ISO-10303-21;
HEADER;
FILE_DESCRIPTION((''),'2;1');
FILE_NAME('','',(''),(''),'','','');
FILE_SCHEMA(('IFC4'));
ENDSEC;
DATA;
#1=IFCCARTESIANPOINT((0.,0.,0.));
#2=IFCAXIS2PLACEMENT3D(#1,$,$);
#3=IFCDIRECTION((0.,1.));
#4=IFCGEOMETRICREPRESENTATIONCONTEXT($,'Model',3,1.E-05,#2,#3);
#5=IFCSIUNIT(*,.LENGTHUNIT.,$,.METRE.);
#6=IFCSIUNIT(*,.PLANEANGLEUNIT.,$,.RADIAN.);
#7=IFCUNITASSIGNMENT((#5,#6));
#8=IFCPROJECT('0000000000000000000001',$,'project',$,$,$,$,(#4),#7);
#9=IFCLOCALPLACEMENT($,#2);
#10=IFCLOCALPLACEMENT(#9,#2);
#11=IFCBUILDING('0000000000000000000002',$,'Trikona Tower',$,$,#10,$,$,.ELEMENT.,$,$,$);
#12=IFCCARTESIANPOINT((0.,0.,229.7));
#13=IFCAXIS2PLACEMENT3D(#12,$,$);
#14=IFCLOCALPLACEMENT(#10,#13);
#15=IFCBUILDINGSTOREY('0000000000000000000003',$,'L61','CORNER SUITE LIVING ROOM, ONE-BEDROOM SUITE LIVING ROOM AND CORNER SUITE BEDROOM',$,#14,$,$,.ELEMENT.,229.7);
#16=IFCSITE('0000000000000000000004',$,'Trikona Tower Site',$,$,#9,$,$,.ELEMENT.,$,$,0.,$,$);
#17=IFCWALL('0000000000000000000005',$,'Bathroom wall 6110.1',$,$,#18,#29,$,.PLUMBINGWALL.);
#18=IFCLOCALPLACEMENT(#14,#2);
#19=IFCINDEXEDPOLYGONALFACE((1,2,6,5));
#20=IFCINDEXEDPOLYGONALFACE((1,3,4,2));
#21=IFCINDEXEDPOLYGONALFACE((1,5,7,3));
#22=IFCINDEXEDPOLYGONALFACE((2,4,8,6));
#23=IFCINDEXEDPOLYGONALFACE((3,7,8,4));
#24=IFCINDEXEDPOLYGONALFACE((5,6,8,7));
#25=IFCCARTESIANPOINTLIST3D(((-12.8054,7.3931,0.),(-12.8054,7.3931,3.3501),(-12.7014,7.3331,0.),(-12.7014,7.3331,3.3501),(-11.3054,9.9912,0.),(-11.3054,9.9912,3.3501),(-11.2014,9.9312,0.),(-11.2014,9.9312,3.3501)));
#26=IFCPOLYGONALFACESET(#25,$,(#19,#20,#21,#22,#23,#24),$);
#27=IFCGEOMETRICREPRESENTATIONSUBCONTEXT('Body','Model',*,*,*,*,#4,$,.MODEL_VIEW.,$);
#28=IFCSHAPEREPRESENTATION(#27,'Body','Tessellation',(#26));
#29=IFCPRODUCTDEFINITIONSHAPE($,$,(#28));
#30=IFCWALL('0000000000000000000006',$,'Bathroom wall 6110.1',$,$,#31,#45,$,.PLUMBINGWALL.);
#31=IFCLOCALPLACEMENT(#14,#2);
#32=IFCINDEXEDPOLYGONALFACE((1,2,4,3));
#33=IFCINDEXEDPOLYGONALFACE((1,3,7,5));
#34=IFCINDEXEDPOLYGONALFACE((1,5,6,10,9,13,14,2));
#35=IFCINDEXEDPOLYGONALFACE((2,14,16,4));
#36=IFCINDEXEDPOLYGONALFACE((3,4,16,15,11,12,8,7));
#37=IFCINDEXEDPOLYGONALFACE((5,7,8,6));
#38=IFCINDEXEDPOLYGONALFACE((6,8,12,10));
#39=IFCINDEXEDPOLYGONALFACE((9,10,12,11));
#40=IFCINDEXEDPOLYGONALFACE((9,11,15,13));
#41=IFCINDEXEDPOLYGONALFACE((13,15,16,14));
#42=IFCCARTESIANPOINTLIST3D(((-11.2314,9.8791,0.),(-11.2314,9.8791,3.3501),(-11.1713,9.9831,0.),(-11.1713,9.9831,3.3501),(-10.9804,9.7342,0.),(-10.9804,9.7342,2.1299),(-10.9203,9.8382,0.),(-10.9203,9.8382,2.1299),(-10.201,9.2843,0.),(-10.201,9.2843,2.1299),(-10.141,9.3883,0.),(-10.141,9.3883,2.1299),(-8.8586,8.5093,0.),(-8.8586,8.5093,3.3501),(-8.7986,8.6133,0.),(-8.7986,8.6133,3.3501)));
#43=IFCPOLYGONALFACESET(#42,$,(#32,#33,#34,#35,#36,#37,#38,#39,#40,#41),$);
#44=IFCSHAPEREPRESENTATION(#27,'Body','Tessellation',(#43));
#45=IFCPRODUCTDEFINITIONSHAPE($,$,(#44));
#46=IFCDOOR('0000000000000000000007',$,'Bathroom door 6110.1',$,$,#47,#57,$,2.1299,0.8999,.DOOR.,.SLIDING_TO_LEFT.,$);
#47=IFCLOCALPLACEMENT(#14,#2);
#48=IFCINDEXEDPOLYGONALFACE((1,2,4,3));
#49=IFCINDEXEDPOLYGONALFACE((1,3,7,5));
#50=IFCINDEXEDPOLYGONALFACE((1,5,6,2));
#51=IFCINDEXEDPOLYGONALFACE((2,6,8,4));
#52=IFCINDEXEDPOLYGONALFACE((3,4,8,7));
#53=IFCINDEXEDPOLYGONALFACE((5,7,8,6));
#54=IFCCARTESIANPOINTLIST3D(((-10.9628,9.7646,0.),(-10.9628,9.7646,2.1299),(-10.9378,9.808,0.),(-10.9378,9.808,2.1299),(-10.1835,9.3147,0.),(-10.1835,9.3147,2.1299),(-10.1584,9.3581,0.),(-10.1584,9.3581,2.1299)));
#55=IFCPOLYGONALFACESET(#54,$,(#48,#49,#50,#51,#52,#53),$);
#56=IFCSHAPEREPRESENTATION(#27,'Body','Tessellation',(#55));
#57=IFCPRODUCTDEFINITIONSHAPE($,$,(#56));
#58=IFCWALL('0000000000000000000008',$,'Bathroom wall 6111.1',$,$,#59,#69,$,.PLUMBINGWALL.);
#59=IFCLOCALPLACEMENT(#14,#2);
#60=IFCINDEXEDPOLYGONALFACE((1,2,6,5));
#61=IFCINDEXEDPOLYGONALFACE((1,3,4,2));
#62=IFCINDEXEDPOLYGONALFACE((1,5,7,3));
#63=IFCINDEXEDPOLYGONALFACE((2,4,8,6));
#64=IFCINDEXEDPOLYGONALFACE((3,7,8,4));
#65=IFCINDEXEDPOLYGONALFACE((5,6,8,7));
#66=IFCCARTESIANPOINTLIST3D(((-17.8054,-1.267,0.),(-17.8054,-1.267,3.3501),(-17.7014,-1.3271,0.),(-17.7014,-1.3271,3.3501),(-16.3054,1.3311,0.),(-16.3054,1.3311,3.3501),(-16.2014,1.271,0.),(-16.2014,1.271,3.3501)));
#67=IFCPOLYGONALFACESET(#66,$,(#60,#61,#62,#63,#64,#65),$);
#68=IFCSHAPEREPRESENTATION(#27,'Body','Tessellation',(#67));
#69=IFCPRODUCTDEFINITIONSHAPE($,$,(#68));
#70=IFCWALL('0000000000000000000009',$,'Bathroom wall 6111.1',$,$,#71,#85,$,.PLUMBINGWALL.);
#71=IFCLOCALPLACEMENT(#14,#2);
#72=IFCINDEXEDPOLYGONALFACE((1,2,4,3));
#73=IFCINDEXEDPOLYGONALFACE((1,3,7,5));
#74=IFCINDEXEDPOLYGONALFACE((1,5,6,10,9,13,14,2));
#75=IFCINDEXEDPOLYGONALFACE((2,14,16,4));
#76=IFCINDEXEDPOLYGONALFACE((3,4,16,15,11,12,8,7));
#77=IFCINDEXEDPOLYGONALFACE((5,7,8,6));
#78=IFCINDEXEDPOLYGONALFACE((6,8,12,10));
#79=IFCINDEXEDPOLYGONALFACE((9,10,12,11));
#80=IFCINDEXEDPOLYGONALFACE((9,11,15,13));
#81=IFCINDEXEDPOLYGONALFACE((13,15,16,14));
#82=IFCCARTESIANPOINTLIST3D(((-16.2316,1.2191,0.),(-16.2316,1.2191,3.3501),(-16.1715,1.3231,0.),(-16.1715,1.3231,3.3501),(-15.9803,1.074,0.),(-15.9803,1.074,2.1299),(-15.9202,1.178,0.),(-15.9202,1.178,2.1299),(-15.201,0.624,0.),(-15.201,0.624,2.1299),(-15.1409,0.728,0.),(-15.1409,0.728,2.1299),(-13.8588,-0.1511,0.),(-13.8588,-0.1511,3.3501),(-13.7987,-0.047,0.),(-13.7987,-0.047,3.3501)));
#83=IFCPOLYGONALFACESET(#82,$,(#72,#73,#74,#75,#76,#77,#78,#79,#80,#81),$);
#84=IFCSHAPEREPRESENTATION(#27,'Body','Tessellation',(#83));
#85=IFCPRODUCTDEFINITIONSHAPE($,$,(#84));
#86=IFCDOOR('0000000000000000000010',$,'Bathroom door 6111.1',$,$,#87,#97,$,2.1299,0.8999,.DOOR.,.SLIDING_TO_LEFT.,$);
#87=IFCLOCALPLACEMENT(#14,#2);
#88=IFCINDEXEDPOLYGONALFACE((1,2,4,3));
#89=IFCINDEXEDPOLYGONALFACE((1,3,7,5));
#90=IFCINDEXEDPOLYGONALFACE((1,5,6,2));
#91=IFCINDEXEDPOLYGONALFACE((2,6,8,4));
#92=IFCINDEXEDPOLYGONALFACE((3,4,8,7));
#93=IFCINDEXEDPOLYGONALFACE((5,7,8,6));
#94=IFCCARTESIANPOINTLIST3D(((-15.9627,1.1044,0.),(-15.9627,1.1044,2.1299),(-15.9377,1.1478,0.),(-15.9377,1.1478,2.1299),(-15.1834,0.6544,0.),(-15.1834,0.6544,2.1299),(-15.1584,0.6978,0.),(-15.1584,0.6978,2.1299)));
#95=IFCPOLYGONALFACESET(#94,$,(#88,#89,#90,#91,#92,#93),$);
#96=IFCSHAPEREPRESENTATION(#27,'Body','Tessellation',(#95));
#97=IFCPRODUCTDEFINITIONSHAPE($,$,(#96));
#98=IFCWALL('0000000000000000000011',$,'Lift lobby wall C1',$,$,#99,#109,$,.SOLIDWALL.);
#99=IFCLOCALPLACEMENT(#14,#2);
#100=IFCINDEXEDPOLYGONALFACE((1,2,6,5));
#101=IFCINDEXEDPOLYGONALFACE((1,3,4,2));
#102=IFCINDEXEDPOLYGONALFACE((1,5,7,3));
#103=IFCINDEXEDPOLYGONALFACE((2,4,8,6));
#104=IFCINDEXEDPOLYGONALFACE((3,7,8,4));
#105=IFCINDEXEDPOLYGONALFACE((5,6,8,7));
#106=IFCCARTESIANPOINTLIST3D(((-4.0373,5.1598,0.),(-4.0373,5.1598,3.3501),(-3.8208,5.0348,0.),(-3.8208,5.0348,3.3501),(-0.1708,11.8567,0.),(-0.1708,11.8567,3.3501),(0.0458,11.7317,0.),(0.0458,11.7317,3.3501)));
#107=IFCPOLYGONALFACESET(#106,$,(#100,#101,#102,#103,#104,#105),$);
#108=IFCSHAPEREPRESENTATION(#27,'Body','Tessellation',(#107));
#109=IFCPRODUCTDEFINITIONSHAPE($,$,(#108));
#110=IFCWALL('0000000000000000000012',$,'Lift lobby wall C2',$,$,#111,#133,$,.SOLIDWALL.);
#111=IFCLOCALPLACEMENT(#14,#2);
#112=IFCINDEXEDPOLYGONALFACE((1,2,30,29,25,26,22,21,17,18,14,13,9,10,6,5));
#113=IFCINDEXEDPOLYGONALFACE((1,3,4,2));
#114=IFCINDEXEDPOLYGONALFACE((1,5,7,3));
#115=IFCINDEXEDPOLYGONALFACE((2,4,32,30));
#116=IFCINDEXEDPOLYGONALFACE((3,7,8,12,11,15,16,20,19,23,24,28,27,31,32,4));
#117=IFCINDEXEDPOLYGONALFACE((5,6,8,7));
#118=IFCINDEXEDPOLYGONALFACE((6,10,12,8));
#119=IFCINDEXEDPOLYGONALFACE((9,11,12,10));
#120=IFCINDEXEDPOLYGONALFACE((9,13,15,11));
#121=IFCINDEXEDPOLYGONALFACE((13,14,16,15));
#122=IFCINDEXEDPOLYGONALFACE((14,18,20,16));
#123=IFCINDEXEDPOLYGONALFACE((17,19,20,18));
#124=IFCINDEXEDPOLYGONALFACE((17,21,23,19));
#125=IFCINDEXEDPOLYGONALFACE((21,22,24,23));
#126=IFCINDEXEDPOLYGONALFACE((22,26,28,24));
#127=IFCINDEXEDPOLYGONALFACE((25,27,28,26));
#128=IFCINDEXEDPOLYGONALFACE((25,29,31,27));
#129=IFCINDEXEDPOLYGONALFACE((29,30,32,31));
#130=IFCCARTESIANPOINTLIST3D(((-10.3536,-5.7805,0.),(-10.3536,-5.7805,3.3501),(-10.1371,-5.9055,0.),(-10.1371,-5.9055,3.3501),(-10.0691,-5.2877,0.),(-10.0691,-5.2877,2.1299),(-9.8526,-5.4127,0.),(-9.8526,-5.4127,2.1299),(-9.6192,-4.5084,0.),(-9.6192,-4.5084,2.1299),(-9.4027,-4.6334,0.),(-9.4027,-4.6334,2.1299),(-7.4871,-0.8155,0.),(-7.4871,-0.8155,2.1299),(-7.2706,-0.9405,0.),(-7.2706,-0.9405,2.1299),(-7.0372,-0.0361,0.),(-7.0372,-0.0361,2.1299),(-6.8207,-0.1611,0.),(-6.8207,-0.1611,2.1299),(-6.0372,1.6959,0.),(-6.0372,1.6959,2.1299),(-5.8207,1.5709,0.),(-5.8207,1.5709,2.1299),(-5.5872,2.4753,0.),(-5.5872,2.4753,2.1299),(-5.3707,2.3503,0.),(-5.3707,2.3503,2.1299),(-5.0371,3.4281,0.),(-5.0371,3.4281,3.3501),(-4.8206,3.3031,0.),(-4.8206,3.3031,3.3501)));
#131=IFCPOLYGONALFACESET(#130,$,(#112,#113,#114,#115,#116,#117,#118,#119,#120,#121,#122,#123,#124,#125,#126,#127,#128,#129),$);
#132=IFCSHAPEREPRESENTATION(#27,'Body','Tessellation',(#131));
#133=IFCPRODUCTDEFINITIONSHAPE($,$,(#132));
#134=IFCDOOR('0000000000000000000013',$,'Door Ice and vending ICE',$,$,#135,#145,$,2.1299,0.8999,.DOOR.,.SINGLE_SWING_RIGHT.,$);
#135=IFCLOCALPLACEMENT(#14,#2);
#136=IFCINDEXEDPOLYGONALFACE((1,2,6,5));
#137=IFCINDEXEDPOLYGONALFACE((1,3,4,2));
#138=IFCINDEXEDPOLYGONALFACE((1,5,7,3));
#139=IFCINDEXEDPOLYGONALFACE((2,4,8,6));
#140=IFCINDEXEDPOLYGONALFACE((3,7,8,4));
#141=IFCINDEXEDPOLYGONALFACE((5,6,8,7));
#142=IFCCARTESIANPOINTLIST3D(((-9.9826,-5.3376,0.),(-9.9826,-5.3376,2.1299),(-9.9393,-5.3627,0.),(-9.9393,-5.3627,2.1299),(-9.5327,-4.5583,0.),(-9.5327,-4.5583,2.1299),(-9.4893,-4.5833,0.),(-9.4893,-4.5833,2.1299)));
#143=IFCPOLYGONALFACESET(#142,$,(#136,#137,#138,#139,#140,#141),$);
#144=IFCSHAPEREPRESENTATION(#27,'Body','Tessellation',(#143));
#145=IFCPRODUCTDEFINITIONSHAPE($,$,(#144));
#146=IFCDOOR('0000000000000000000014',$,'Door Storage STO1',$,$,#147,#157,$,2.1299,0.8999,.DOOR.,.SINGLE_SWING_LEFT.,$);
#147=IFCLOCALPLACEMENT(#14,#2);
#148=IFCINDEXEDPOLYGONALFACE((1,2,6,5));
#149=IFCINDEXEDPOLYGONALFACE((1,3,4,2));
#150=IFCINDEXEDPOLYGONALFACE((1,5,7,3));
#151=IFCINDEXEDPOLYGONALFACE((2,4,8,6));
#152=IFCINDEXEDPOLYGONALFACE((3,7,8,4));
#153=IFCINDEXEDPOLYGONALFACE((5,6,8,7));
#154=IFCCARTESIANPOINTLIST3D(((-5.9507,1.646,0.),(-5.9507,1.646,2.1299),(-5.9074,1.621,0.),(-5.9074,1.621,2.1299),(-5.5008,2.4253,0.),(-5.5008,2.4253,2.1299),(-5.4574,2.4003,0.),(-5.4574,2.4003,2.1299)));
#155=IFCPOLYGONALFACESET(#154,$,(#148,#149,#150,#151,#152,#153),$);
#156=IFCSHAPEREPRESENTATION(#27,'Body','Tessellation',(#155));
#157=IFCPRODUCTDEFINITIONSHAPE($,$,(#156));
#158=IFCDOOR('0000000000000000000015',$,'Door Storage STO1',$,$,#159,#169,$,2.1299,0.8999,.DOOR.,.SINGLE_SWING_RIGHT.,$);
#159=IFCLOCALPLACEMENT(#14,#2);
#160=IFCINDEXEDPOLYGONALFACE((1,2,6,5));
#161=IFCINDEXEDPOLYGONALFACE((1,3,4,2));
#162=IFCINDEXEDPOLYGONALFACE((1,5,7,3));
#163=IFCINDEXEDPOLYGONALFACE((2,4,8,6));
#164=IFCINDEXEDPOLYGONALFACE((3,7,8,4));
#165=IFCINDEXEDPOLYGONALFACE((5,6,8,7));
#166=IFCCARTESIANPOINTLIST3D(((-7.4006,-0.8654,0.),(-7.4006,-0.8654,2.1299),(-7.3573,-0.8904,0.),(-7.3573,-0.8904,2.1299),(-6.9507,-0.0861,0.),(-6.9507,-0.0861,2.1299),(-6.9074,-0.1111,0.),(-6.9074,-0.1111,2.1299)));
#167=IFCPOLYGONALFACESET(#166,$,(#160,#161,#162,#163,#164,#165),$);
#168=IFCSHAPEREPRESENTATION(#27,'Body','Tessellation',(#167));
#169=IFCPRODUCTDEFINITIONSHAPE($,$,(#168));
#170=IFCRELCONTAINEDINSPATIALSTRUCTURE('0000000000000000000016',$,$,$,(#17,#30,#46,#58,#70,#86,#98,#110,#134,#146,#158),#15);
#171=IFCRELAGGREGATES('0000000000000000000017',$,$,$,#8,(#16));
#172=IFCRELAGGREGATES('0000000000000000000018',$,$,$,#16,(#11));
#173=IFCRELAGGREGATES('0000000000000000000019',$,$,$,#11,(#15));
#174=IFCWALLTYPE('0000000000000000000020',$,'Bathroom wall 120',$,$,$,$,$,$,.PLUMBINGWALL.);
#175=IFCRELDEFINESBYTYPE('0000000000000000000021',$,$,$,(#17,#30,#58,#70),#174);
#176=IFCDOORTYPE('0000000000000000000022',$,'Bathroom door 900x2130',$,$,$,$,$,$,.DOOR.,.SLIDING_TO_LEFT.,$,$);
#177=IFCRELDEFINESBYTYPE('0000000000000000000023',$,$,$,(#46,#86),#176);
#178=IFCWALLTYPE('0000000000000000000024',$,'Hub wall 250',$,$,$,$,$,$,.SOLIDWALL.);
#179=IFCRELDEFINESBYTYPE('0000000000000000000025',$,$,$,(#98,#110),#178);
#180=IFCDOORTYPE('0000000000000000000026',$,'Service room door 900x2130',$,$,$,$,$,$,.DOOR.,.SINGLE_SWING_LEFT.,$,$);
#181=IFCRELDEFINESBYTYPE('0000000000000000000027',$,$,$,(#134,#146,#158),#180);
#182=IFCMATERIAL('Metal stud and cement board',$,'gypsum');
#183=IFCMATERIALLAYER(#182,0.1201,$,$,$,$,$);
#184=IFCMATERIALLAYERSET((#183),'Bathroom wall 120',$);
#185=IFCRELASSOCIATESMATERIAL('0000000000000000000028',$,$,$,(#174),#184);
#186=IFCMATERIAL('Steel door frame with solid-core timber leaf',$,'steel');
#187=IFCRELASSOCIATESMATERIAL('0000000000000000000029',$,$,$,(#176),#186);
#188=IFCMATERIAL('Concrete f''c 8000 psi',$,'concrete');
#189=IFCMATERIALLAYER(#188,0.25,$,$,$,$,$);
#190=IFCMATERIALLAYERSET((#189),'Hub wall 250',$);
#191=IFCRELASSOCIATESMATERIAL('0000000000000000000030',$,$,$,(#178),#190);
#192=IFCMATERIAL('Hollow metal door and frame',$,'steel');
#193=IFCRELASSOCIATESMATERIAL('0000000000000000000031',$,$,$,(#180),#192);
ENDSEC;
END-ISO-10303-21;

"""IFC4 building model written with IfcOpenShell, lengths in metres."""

from ifc_helpers import new_model, si_unit, direction, frame, frame_2d, origin, place, context, subcontext, project, spatial, rectangle, extrude, material, layer, layer_set, type_object, element, fill, save


model = new_model("IFC4")

# Units and contexts
model_context = context("Model", 3, precision=1e-05, world=origin(), true_north=direction((0.0, 1.0)))
body_context = subcontext(model_context, "Body", "Model", "MODEL_VIEW")
ifc_project = project(units=[si_unit("LENGTHUNIT", "METRE"), si_unit("PLANEANGLEUNIT", "RADIAN")], contexts=[model_context])

# Site, building, storey
site_placement = place(None, origin())
site = spatial("IfcSite", under=ifc_project, at=site_placement, Name="Trikona Tower Site", CompositionType="ELEMENT", RefElevation=0.0)
building_placement = place(site_placement, origin())
building = spatial("IfcBuilding", under=site, at=building_placement, Name="Trikona Tower", CompositionType="ELEMENT")
storey_placement = place(building_placement, frame((0.0, 0.0, 229.7)))
storey = spatial("IfcBuildingStorey", under=building, at=storey_placement, Name="L61", Description="CORNER SUITE LIVING ROOM, ONE-BEDROOM SUITE LIVING ROOM AND CORNER SUITE BEDROOM", CompositionType="ELEMENT", Elevation=229.7)

# Wall
ifc_material_1 = material(Name="Metal stud and cement board", Category="gypsum")
ifc_layer_1 = layer(ifc_material_1, 0.1201)
ifc_layer_set_1 = layer_set([ifc_layer_1], Name="Bathroom wall 120")
wall_type_1 = type_object("IfcWallType", Name="Bathroom wall 120", PredefinedType="PLUMBINGWALL", material=ifc_layer_set_1)
wall_1_placement = place(storey_placement, frame((-11.2534, 9.9612, 0.0), z_axis=(0.0, 0.0, 1.0), x_axis=(-0.49999, -0.866031, 0.0)))
element("IfcWall", 1, at=wall_1_placement, inside=storey, type_object=wall_type_1, Name="Bathroom wall 6110.1", PredefinedType="PLUMBINGWALL", context=body_context, shape_type="SweptSolid", body=[
    extrude(rectangle(XDim=3.0, YDim=0.1201, at=frame_2d((1.5, 0.0))), origin(), (0.0, 0.0, 1.0), 3.3501),
])

# Wall, opening, door
wall_2_placement = place(storey_placement, frame((-8.8286, 8.5613, 0.0), z_axis=(0.0, 0.0, 1.0), x_axis=(-0.866036, 0.499982, 0.0)))
wall_2 = element("IfcWall", 2, at=wall_2_placement, inside=storey, type_object=wall_type_1, Name="Bathroom wall 6110.1", PredefinedType="PLUMBINGWALL", context=body_context, shape_type="SweptSolid", body=[
    extrude(rectangle(XDim=2.7397, YDim=0.1201, at=frame_2d((1.3699, 0.0))), origin(), (0.0, 0.0, 1.0), 3.3501),
])
opening_1_placement = place(wall_2_placement, frame((1.55, 0.0, 0.0)))
opening_1 = element("IfcOpeningElement", 3, at=opening_1_placement, cuts=wall_2, PredefinedType="OPENING", context=body_context, shape_type="SweptSolid", body=[
    extrude(rectangle(XDim=0.8999, YDim=2.1299, at=frame_2d((0.45, 1.0649))), frame((0.0, 0.0701, 0.0), z_axis=(0.0, -1.0, 0.0), x_axis=(1.0, 0.0, 0.0)), (0.0, 0.0, 1.0), 0.1401),
])
ifc_material_2 = material(Name="Steel door frame with solid-core timber leaf", Category="steel")
door_type_1 = type_object("IfcDoorType", Name="Bathroom door 900x2130", OperationType="SLIDING_TO_LEFT", PredefinedType="DOOR", material=ifc_material_2)
door_1_placement = place(opening_1_placement, origin())
door_1 = element("IfcDoor", 4, at=door_1_placement, inside=storey, type_object=door_type_1, Name="Bathroom door 6110.1", OperationType="SLIDING_TO_LEFT", OverallHeight=2.1299, OverallWidth=0.8999, PredefinedType="DOOR", context=body_context, shape_type="SweptSolid", body=[
    extrude(rectangle(XDim=0.8999, YDim=2.1299, at=frame_2d((0.45, 1.0649))), frame((0.0, 0.0249, 0.0), z_axis=(0.0, -1.0, 0.0), x_axis=(1.0, 0.0, 0.0)), (0.0, 0.0, 1.0), 0.05),
])
fill(opening_1, door_1)

# Wall
wall_3_placement = place(storey_placement, frame((-16.2534, 1.301, 0.0), z_axis=(0.0, 0.0, 1.0), x_axis=(-0.49999, -0.866031, 0.0)))
element("IfcWall", 5, at=wall_3_placement, inside=storey, type_object=wall_type_1, Name="Bathroom wall 6111.1", PredefinedType="PLUMBINGWALL", context=body_context, shape_type="SweptSolid", body=[
    extrude(rectangle(XDim=3.0, YDim=0.1201, at=frame_2d((1.5, 0.0))), origin(), (0.0, 0.0, 1.0), 3.3501),
])

# Wall, opening, door
wall_4_placement = place(storey_placement, frame((-13.8286, -0.0991, 0.0), z_axis=(0.0, 0.0, 1.0), x_axis=(-0.865997, 0.500049, 0.0)))
wall_4 = element("IfcWall", 6, at=wall_4_placement, inside=storey, type_object=wall_type_1, Name="Bathroom wall 6111.1", PredefinedType="PLUMBINGWALL", context=body_context, shape_type="SweptSolid", body=[
    extrude(rectangle(XDim=2.74, YDim=0.1201, at=frame_2d((1.3701, 0.0))), origin(), (0.0, 0.0, 1.0), 3.3501),
])
opening_2_placement = place(wall_4_placement, frame((1.55, 0.0, 0.0)))
opening_2 = element("IfcOpeningElement", 7, at=opening_2_placement, cuts=wall_4, PredefinedType="OPENING", context=body_context, shape_type="SweptSolid", body=[
    extrude(rectangle(XDim=0.8999, YDim=2.1299, at=frame_2d((0.45, 1.0649))), frame((0.0, 0.0701, 0.0), z_axis=(0.0, -1.0, 0.0), x_axis=(1.0, 0.0, 0.0)), (0.0, 0.0, 1.0), 0.1401),
])
door_2_placement = place(opening_2_placement, origin())
door_2 = element("IfcDoor", 8, at=door_2_placement, inside=storey, type_object=door_type_1, Name="Bathroom door 6111.1", OperationType="SLIDING_TO_LEFT", OverallHeight=2.1299, OverallWidth=0.8999, PredefinedType="DOOR", context=body_context, shape_type="SweptSolid", body=[
    extrude(rectangle(XDim=0.8999, YDim=2.1299, at=frame_2d((0.45, 1.0649))), frame((0.0, 0.0249, 0.0), z_axis=(0.0, -1.0, 0.0), x_axis=(1.0, 0.0, 0.0)), (0.0, 0.0, 1.0), 0.05),
])
fill(opening_2, door_2)

# Wall
ifc_material_3 = material(Name="Concrete f'c 8000 psi", Category="concrete")
ifc_layer_2 = layer(ifc_material_3, 0.25)
ifc_layer_set_2 = layer_set([ifc_layer_2], Name="Hub wall 250")
wall_type_2 = type_object("IfcWallType", Name="Hub wall 250", PredefinedType="SOLIDWALL", material=ifc_layer_set_2)
wall_5_placement = place(storey_placement, frame((-0.0625, 11.7942, 0.0), z_axis=(0.0, 0.0, 1.0), x_axis=(-0.500007, -0.866022, 0.0)))
element("IfcWall", 9, at=wall_5_placement, inside=storey, type_object=wall_type_2, Name="Lift lobby wall C1", PredefinedType="SOLIDWALL", context=body_context, shape_type="SweptSolid", body=[
    extrude(rectangle(XDim=7.7329, YDim=0.25, at=frame_2d((3.8665, 0.0))), origin(), (0.0, 0.0, 1.0), 3.3501),
])

# Wall, openings, doors
wall_6_placement = place(storey_placement, frame((-4.929, 3.3655, 0.0), z_axis=(0.0, 0.0, 1.0), x_axis=(-0.499991, -0.86603, 0.0)))
wall_6 = element("IfcWall", 10, at=wall_6_placement, inside=storey, type_object=wall_type_2, Name="Lift lobby wall C2", PredefinedType="SOLIDWALL", context=body_context, shape_type="SweptSolid", body=[
    extrude(rectangle(XDim=10.6331, YDim=0.25, at=frame_2d((5.3164, 0.0))), origin(), (0.0, 0.0, 1.0), 3.3501),
])
opening_3_placement = place(wall_6_placement, frame((9.1641, 0.0, 0.0)))
opening_3 = element("IfcOpeningElement", 11, at=opening_3_placement, cuts=wall_6, PredefinedType="OPENING", context=body_context, shape_type="SweptSolid", body=[
    extrude(rectangle(XDim=0.8999, YDim=2.1299, at=frame_2d((0.45, 1.0649))), frame((0.0, 0.135, 0.0), z_axis=(0.0, -1.0, 0.0), x_axis=(1.0, 0.0, 0.0)), (0.0, 0.0, 1.0), 0.27),
])
opening_4_placement = place(wall_6_placement, frame((1.1001, 0.0, 0.0)))
opening_4 = element("IfcOpeningElement", 12, at=opening_4_placement, cuts=wall_6, PredefinedType="OPENING", context=body_context, shape_type="SweptSolid", body=[
    extrude(rectangle(XDim=0.8999, YDim=2.1299, at=frame_2d((0.45, 1.0649))), frame((0.0, 0.135, 0.0), z_axis=(0.0, -1.0, 0.0), x_axis=(1.0, 0.0, 0.0)), (0.0, 0.0, 1.0), 0.27),
])
opening_5_placement = place(wall_6_placement, frame((4.0, 0.0, 0.0)))
opening_5 = element("IfcOpeningElement", 13, at=opening_5_placement, cuts=wall_6, PredefinedType="OPENING", context=body_context, shape_type="SweptSolid", body=[
    extrude(rectangle(XDim=0.8999, YDim=2.1299, at=frame_2d((0.45, 1.0649))), frame((0.0, 0.135, 0.0), z_axis=(0.0, -1.0, 0.0), x_axis=(1.0, 0.0, 0.0)), (0.0, 0.0, 1.0), 0.27),
])
ifc_material_4 = material(Name="Hollow metal door and frame", Category="steel")
door_type_2 = type_object("IfcDoorType", Name="Service room door 900x2130", OperationType="SINGLE_SWING_LEFT", PredefinedType="DOOR", material=ifc_material_4)
door_3_placement = place(opening_3_placement, origin())
door_3 = element("IfcDoor", 14, at=door_3_placement, inside=storey, type_object=door_type_2, Name="Door Ice and vending ICE", OperationType="SINGLE_SWING_RIGHT", OverallHeight=2.1299, OverallWidth=0.8999, PredefinedType="DOOR", context=body_context, shape_type="SweptSolid", body=[
    extrude(rectangle(XDim=0.8999, YDim=2.1299, at=frame_2d((0.45, 1.0649))), frame((0.0, 0.0249, 0.0), z_axis=(0.0, -1.0, 0.0), x_axis=(1.0, 0.0, 0.0)), (0.0, 0.0, 1.0), 0.05),
])
fill(opening_3, door_3)
door_4_placement = place(opening_4_placement, origin())
door_4 = element("IfcDoor", 15, at=door_4_placement, inside=storey, type_object=door_type_2, Name="Door Storage STO1", OperationType="SINGLE_SWING_LEFT", OverallHeight=2.1299, OverallWidth=0.8999, PredefinedType="DOOR", context=body_context, shape_type="SweptSolid", body=[
    extrude(rectangle(XDim=0.8999, YDim=2.1299, at=frame_2d((0.45, 1.0649))), frame((0.0, 0.0249, 0.0), z_axis=(0.0, -1.0, 0.0), x_axis=(1.0, 0.0, 0.0)), (0.0, 0.0, 1.0), 0.05),
])
fill(opening_4, door_4)
door_5_placement = place(opening_5_placement, origin())
door_5 = element("IfcDoor", 16, at=door_5_placement, inside=storey, type_object=door_type_2, Name="Door Storage STO1", OperationType="SINGLE_SWING_RIGHT", OverallHeight=2.1299, OverallWidth=0.8999, PredefinedType="DOOR", context=body_context, shape_type="SweptSolid", body=[
    extrude(rectangle(XDim=0.8999, YDim=2.1299, at=frame_2d((0.45, 1.0649))), frame((0.0, 0.0249, 0.0), z_axis=(0.0, -1.0, 0.0), x_axis=(1.0, 0.0, 0.0)), (0.0, 0.0, 1.0), 0.05),
])
fill(opening_5, door_5)

save(model, "model.ifc")
